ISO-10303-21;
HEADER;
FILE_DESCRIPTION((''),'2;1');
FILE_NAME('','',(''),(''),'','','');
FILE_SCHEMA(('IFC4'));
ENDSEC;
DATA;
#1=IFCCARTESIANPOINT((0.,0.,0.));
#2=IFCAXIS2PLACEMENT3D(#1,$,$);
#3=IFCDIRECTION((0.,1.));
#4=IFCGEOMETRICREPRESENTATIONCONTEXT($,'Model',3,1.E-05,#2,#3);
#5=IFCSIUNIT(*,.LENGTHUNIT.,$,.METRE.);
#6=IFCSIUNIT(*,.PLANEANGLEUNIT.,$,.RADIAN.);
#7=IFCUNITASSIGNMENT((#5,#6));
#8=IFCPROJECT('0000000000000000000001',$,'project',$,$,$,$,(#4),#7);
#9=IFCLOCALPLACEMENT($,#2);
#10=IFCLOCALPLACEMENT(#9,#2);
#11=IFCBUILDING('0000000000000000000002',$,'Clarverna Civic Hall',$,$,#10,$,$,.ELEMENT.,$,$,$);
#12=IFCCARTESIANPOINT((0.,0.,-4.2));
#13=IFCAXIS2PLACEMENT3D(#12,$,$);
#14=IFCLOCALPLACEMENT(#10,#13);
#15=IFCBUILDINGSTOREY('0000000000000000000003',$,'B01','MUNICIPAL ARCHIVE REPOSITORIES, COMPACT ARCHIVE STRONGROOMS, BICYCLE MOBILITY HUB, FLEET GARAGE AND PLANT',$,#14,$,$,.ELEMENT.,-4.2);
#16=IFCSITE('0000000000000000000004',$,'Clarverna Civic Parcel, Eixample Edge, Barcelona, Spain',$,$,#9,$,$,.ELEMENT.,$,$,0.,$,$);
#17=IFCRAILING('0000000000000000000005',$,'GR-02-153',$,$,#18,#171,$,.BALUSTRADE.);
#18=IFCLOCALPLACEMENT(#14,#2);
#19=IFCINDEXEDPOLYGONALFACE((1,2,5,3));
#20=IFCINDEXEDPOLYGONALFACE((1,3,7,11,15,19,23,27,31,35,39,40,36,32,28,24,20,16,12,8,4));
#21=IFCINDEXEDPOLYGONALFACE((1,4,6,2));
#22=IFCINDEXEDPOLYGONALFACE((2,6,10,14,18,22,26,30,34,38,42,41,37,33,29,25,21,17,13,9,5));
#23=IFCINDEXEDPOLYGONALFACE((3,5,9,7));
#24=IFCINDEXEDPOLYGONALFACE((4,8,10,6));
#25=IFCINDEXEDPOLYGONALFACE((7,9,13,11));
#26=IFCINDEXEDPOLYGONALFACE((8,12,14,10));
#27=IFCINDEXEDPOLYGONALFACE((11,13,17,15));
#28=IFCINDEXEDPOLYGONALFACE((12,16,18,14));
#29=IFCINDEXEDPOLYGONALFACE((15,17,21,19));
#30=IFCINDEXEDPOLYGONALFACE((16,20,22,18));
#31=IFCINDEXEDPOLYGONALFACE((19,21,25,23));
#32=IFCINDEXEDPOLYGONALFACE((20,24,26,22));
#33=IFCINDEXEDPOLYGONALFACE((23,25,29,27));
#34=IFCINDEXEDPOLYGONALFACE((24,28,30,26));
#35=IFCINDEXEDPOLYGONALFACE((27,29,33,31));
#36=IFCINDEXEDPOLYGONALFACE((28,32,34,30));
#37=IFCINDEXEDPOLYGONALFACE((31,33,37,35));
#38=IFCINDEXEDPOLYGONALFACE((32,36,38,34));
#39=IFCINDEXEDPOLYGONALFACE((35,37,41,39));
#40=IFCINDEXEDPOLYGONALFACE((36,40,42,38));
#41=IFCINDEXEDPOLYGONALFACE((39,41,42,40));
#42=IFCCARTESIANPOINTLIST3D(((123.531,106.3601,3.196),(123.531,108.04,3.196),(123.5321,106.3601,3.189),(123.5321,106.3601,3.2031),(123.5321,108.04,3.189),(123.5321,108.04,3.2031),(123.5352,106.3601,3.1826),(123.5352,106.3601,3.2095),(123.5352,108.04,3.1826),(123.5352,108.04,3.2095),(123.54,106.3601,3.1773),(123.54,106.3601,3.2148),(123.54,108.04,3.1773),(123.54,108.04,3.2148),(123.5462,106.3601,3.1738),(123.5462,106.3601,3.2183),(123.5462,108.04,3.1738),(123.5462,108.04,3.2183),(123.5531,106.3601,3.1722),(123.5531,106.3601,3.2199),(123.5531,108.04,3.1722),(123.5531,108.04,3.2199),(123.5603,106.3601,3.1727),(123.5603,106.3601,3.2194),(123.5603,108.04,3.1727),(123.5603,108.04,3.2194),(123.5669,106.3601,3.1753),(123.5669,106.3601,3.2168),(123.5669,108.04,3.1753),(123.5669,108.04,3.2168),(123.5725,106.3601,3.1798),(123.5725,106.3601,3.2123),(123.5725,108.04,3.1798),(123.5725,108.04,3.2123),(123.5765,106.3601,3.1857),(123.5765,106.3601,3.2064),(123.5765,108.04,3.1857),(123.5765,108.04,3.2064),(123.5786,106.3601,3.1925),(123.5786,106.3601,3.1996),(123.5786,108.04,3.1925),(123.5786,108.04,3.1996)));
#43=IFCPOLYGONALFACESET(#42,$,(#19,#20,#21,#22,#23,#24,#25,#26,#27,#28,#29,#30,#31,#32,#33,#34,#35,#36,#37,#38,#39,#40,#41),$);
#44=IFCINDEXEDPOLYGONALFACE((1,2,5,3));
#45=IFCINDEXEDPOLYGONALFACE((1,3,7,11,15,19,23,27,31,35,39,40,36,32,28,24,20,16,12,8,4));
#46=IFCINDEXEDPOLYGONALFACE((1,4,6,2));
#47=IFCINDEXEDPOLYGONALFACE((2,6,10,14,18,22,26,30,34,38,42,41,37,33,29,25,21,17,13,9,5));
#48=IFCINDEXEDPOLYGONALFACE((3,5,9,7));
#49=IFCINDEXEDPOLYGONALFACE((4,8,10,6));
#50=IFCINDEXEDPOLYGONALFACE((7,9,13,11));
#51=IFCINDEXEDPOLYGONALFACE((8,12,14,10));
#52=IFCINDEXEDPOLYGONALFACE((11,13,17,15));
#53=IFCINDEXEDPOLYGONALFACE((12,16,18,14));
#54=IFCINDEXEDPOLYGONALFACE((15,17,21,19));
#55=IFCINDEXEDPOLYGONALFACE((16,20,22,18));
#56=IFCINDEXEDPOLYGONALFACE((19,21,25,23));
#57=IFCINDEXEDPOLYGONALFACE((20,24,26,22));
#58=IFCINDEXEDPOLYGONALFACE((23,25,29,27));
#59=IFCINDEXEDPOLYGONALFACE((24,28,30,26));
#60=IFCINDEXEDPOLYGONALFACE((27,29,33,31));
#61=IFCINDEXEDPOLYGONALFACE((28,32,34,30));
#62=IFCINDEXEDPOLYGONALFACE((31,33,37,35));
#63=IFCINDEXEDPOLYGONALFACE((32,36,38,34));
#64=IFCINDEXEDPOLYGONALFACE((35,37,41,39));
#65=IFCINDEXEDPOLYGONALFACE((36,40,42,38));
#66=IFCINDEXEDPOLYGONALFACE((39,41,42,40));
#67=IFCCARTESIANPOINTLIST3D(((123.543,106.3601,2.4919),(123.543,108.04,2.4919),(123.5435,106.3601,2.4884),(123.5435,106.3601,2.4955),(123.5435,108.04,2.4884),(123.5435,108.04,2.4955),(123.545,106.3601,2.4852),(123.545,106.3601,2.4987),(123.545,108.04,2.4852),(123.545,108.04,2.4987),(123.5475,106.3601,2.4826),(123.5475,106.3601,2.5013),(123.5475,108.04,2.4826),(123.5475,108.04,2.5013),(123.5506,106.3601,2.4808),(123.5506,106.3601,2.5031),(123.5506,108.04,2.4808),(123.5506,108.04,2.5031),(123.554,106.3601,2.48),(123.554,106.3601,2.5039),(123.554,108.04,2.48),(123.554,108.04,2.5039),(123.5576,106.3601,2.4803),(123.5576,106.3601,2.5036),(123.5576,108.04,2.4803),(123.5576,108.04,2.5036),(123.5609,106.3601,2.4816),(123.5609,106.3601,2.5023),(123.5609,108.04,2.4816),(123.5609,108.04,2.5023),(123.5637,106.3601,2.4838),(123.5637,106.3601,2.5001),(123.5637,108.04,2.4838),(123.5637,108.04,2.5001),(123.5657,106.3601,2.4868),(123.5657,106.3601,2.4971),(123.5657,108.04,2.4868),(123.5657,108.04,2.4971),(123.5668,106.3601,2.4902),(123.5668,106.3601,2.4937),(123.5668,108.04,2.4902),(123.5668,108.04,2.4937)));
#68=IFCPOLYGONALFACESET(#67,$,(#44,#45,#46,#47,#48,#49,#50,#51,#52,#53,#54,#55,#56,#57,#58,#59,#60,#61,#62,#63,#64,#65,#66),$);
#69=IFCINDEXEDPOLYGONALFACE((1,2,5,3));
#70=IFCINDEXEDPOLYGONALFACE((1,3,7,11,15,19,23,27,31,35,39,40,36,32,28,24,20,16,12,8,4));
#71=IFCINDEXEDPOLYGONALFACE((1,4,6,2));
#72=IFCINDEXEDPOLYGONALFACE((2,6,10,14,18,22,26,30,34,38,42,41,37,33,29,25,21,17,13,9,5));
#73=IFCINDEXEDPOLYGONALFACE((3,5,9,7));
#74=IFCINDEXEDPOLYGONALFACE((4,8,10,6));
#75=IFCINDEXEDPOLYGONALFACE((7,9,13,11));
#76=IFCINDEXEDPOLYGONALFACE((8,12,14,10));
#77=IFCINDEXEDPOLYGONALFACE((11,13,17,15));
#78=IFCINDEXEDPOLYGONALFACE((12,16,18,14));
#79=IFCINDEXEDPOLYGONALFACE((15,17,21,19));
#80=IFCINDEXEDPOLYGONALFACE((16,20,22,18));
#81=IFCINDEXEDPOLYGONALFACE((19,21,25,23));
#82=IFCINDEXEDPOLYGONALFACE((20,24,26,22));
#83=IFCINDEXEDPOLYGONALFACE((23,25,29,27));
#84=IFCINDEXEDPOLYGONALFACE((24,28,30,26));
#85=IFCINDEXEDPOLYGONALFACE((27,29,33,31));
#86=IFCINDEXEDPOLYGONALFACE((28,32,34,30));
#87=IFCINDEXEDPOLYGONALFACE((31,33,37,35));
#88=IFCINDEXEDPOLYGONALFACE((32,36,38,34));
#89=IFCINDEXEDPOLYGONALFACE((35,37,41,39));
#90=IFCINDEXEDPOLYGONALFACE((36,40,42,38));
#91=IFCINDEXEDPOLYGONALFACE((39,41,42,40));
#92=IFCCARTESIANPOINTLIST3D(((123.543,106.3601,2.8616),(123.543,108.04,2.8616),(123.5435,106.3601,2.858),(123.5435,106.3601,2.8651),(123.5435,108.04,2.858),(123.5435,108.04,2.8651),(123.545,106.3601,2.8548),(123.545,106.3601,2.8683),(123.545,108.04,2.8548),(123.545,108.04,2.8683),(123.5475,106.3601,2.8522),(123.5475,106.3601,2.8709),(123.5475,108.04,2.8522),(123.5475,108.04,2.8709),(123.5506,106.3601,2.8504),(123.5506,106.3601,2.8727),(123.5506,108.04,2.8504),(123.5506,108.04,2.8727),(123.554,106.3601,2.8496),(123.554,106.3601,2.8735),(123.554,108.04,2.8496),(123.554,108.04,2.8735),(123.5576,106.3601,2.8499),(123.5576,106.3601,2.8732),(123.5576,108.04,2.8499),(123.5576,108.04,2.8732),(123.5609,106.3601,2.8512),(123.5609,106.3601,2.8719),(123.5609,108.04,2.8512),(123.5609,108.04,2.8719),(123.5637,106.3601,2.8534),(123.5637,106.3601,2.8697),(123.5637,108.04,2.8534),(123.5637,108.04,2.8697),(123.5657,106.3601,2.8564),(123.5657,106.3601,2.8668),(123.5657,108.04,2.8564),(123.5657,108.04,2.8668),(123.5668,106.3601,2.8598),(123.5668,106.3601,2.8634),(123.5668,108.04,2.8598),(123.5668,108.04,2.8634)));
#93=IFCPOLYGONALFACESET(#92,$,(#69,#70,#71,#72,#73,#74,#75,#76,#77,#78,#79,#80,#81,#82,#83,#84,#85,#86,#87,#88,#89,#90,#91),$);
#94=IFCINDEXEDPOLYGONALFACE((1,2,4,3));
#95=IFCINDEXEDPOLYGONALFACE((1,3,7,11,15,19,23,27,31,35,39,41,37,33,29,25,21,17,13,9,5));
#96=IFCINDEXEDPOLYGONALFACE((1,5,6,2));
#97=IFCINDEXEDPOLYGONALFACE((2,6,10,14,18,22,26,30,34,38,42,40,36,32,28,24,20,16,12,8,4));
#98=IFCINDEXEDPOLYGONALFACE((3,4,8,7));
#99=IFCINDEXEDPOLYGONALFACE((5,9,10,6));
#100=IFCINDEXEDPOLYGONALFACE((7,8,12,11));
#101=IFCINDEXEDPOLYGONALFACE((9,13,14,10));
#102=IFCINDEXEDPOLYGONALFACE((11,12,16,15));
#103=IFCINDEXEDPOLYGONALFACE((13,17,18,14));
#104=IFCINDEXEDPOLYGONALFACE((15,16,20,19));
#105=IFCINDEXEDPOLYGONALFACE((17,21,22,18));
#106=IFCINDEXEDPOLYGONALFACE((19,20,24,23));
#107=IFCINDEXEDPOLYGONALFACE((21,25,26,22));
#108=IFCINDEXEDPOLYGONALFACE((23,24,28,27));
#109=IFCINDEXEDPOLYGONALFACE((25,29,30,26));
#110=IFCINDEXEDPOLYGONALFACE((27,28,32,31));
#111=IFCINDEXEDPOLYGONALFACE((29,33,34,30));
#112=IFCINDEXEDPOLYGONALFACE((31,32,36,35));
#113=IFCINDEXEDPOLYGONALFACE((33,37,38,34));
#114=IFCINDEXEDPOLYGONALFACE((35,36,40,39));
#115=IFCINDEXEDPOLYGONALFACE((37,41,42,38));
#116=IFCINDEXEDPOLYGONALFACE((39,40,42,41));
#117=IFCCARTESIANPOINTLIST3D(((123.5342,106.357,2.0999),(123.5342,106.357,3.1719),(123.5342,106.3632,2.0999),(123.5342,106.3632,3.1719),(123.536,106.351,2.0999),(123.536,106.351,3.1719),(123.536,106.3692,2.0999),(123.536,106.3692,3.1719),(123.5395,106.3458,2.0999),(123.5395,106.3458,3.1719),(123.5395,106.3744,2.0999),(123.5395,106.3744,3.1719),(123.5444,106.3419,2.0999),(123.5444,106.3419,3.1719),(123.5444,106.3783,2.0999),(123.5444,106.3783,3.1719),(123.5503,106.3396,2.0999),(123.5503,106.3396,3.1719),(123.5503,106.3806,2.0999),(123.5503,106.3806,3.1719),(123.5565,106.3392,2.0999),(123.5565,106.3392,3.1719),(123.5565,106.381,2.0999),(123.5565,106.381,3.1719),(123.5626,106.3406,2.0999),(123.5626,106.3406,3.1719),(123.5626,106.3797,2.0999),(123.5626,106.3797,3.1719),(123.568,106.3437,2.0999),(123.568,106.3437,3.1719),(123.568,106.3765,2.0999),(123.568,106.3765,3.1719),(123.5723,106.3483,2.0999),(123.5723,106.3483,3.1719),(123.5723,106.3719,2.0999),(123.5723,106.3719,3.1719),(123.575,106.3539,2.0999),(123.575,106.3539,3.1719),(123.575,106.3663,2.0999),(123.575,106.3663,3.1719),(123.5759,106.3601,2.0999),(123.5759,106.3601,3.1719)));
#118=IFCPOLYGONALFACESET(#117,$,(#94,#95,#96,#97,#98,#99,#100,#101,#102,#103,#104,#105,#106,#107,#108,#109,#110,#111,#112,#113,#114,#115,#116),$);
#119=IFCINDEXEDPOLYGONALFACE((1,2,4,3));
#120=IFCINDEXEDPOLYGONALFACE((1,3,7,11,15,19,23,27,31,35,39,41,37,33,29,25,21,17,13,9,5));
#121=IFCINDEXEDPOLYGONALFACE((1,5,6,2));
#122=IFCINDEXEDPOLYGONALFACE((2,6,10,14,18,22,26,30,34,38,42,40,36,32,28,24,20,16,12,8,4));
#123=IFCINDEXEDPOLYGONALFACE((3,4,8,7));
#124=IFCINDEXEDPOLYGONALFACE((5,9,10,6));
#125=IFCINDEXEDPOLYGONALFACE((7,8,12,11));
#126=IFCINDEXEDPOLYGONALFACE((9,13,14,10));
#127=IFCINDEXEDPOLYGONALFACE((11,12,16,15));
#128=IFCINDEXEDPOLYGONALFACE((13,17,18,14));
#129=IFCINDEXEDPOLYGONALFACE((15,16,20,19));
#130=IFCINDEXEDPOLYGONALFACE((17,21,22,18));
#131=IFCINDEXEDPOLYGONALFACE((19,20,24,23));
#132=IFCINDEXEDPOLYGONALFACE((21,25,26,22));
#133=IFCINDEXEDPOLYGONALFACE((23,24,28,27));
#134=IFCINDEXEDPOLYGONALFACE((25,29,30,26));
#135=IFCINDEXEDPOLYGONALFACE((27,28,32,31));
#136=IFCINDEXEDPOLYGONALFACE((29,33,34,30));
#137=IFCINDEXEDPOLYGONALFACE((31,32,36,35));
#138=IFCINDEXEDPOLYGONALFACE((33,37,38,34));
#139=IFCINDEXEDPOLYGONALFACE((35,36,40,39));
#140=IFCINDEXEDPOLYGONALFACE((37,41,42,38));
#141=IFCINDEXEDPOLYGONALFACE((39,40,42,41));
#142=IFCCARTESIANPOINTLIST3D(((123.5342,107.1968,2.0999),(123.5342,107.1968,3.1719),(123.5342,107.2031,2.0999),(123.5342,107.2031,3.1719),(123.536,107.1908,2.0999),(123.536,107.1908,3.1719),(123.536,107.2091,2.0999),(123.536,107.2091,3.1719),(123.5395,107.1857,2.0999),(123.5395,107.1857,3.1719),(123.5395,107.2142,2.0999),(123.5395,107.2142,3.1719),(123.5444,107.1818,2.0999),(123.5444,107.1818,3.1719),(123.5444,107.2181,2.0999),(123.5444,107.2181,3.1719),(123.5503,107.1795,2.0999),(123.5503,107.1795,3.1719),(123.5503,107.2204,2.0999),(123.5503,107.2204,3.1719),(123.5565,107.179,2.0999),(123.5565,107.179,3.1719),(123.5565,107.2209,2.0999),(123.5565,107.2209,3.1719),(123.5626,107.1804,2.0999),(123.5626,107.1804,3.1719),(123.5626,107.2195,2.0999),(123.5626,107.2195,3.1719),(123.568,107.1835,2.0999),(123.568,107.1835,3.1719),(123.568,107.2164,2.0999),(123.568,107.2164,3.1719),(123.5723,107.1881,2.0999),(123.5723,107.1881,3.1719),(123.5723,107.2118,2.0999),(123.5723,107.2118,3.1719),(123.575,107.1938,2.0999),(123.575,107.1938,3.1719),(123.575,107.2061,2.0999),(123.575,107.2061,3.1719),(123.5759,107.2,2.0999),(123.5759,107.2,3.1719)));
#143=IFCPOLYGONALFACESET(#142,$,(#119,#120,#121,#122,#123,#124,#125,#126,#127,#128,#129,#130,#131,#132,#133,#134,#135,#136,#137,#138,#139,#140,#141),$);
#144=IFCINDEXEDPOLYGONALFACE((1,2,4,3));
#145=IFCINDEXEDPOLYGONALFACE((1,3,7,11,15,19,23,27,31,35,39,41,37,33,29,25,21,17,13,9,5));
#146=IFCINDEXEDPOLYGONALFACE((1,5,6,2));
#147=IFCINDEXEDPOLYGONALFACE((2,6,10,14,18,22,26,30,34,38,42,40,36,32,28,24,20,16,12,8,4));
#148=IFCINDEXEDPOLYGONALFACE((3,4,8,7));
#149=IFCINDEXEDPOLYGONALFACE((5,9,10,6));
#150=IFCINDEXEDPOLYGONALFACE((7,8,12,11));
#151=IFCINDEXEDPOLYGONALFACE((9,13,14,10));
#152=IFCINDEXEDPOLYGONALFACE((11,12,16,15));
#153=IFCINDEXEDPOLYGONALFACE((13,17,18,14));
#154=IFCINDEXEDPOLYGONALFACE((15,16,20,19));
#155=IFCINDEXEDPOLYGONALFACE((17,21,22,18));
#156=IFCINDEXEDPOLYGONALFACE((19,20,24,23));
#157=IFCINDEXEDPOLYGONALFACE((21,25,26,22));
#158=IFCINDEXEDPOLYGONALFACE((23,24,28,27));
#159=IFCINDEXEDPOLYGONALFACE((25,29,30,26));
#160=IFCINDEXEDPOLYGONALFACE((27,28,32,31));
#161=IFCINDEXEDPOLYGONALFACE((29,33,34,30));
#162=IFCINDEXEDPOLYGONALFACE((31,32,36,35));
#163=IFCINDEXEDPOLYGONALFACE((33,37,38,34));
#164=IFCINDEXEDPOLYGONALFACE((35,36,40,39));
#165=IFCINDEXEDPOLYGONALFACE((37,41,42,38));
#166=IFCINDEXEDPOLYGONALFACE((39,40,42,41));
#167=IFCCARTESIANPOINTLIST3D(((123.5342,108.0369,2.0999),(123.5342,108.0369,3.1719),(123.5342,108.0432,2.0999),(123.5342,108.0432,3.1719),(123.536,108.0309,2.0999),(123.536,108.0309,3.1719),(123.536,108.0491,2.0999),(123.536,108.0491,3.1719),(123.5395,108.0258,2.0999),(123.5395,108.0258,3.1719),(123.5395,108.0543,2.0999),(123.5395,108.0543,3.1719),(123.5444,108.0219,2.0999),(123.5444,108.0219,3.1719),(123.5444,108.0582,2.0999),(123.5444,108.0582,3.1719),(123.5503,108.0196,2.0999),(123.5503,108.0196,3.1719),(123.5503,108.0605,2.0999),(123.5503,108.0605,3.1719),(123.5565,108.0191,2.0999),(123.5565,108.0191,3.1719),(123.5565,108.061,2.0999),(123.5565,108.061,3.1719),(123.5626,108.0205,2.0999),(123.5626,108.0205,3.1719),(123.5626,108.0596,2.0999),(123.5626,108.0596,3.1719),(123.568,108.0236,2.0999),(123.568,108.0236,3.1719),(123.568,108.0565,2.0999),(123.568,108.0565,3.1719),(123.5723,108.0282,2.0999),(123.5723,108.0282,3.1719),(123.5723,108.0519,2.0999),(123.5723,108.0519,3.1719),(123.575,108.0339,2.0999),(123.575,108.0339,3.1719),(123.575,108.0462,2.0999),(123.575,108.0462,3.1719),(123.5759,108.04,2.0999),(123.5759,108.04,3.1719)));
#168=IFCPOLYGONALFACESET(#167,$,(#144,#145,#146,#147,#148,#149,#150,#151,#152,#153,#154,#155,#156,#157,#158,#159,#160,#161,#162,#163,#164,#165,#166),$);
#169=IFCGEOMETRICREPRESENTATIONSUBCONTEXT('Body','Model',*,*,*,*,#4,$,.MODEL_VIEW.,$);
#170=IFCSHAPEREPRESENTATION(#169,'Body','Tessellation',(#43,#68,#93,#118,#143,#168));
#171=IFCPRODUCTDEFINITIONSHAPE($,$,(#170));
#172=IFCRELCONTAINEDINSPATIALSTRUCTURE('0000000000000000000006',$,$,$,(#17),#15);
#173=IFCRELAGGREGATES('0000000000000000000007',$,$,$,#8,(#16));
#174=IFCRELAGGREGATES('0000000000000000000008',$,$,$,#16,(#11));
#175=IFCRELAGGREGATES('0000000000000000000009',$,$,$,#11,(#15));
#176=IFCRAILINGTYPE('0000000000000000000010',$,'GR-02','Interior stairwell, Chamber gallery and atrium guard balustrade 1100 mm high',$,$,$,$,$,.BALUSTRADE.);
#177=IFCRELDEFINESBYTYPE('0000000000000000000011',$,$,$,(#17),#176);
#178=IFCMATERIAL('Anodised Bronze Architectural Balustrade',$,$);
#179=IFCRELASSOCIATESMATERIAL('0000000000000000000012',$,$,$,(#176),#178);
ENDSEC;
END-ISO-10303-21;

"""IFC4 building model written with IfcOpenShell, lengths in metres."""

from ifc_helpers import new_model, si_unit, direction, frame, origin, origin_2d, place, context, subcontext, project, spatial, circle, extrude, material, type_object, element, save


model = new_model("IFC4")

# Units and contexts
model_context = context("Model", 3, precision=1e-05, world=origin(), true_north=direction((0.0, 1.0)))
body_context = subcontext(model_context, "Body", "Model", "MODEL_VIEW")
ifc_project = project(units=[si_unit("LENGTHUNIT", "METRE"), si_unit("PLANEANGLEUNIT", "RADIAN")], contexts=[model_context])

# Site, building, storey
site_placement = place(None, origin())
site = spatial("IfcSite", under=ifc_project, at=site_placement, Name="Clarverna Civic Parcel, Eixample Edge, Barcelona, Spain", CompositionType="ELEMENT", RefElevation=0.0)
building_placement = place(site_placement, origin())
building = spatial("IfcBuilding", under=site, at=building_placement, Name="Clarverna Civic Hall", CompositionType="ELEMENT")
storey_placement = place(building_placement, frame((0.0, 0.0, -4.2)))
storey = spatial("IfcBuildingStorey", under=building, at=storey_placement, Name="B01", Description="MUNICIPAL ARCHIVE REPOSITORIES, COMPACT ARCHIVE STRONGROOMS, BICYCLE MOBILITY HUB, FLEET GARAGE AND PLANT", CompositionType="ELEMENT", Elevation=-4.2)

# Railing
ifc_material_1 = material(Name="Anodised Bronze Architectural Balustrade")
railing_type_1 = type_object("IfcRailingType", Name="GR-02", Description="Interior stairwell, Chamber gallery and atrium guard balustrade 1100 mm high", PredefinedType="BALUSTRADE", material=ifc_material_1)
railing_1_placement = place(storey_placement, frame((123.5549, 106.3601, 2.0999)))
element("IfcRailing", 1, at=railing_1_placement, inside=storey, type_object=railing_type_1, Name="GR-02-153", PredefinedType="BALUSTRADE", context=body_context, shape_type="SweptSolid", body=[
    extrude(circle(Radius=0.0239, at=origin_2d()), frame((0.0, 0.0, 1.0962), z_axis=(0.0, 1.0, 0.0), x_axis=(-1.0, 0.0, 0.0)), (0.0, 0.0, 1.0), 1.6799),
    extrude(circle(Radius=0.012, at=origin_2d()), frame((0.0, 0.0, 0.3921), z_axis=(0.0, 1.0, 0.0), x_axis=(-1.0, 0.0, 0.0)), (0.0, 0.0, 1.0), 1.6799),
    extrude(circle(Radius=0.012, at=origin_2d()), frame((0.0, 0.0, 0.7617), z_axis=(0.0, 1.0, 0.0), x_axis=(-1.0, 0.0, 0.0)), (0.0, 0.0, 1.0), 1.6799),
    extrude(circle(Radius=0.021, at=origin_2d()), origin(), (0.0, 0.0, 1.0), 1.072),
    extrude(circle(Radius=0.021, at=origin_2d()), frame((0.0, 0.8398, 0.0)), (0.0, 0.0, 1.0), 1.072),
    extrude(circle(Radius=0.021, at=origin_2d()), frame((0.0, 1.6799, 0.0)), (0.0, 0.0, 1.0), 1.072),
])

save(model, "model.ifc")
